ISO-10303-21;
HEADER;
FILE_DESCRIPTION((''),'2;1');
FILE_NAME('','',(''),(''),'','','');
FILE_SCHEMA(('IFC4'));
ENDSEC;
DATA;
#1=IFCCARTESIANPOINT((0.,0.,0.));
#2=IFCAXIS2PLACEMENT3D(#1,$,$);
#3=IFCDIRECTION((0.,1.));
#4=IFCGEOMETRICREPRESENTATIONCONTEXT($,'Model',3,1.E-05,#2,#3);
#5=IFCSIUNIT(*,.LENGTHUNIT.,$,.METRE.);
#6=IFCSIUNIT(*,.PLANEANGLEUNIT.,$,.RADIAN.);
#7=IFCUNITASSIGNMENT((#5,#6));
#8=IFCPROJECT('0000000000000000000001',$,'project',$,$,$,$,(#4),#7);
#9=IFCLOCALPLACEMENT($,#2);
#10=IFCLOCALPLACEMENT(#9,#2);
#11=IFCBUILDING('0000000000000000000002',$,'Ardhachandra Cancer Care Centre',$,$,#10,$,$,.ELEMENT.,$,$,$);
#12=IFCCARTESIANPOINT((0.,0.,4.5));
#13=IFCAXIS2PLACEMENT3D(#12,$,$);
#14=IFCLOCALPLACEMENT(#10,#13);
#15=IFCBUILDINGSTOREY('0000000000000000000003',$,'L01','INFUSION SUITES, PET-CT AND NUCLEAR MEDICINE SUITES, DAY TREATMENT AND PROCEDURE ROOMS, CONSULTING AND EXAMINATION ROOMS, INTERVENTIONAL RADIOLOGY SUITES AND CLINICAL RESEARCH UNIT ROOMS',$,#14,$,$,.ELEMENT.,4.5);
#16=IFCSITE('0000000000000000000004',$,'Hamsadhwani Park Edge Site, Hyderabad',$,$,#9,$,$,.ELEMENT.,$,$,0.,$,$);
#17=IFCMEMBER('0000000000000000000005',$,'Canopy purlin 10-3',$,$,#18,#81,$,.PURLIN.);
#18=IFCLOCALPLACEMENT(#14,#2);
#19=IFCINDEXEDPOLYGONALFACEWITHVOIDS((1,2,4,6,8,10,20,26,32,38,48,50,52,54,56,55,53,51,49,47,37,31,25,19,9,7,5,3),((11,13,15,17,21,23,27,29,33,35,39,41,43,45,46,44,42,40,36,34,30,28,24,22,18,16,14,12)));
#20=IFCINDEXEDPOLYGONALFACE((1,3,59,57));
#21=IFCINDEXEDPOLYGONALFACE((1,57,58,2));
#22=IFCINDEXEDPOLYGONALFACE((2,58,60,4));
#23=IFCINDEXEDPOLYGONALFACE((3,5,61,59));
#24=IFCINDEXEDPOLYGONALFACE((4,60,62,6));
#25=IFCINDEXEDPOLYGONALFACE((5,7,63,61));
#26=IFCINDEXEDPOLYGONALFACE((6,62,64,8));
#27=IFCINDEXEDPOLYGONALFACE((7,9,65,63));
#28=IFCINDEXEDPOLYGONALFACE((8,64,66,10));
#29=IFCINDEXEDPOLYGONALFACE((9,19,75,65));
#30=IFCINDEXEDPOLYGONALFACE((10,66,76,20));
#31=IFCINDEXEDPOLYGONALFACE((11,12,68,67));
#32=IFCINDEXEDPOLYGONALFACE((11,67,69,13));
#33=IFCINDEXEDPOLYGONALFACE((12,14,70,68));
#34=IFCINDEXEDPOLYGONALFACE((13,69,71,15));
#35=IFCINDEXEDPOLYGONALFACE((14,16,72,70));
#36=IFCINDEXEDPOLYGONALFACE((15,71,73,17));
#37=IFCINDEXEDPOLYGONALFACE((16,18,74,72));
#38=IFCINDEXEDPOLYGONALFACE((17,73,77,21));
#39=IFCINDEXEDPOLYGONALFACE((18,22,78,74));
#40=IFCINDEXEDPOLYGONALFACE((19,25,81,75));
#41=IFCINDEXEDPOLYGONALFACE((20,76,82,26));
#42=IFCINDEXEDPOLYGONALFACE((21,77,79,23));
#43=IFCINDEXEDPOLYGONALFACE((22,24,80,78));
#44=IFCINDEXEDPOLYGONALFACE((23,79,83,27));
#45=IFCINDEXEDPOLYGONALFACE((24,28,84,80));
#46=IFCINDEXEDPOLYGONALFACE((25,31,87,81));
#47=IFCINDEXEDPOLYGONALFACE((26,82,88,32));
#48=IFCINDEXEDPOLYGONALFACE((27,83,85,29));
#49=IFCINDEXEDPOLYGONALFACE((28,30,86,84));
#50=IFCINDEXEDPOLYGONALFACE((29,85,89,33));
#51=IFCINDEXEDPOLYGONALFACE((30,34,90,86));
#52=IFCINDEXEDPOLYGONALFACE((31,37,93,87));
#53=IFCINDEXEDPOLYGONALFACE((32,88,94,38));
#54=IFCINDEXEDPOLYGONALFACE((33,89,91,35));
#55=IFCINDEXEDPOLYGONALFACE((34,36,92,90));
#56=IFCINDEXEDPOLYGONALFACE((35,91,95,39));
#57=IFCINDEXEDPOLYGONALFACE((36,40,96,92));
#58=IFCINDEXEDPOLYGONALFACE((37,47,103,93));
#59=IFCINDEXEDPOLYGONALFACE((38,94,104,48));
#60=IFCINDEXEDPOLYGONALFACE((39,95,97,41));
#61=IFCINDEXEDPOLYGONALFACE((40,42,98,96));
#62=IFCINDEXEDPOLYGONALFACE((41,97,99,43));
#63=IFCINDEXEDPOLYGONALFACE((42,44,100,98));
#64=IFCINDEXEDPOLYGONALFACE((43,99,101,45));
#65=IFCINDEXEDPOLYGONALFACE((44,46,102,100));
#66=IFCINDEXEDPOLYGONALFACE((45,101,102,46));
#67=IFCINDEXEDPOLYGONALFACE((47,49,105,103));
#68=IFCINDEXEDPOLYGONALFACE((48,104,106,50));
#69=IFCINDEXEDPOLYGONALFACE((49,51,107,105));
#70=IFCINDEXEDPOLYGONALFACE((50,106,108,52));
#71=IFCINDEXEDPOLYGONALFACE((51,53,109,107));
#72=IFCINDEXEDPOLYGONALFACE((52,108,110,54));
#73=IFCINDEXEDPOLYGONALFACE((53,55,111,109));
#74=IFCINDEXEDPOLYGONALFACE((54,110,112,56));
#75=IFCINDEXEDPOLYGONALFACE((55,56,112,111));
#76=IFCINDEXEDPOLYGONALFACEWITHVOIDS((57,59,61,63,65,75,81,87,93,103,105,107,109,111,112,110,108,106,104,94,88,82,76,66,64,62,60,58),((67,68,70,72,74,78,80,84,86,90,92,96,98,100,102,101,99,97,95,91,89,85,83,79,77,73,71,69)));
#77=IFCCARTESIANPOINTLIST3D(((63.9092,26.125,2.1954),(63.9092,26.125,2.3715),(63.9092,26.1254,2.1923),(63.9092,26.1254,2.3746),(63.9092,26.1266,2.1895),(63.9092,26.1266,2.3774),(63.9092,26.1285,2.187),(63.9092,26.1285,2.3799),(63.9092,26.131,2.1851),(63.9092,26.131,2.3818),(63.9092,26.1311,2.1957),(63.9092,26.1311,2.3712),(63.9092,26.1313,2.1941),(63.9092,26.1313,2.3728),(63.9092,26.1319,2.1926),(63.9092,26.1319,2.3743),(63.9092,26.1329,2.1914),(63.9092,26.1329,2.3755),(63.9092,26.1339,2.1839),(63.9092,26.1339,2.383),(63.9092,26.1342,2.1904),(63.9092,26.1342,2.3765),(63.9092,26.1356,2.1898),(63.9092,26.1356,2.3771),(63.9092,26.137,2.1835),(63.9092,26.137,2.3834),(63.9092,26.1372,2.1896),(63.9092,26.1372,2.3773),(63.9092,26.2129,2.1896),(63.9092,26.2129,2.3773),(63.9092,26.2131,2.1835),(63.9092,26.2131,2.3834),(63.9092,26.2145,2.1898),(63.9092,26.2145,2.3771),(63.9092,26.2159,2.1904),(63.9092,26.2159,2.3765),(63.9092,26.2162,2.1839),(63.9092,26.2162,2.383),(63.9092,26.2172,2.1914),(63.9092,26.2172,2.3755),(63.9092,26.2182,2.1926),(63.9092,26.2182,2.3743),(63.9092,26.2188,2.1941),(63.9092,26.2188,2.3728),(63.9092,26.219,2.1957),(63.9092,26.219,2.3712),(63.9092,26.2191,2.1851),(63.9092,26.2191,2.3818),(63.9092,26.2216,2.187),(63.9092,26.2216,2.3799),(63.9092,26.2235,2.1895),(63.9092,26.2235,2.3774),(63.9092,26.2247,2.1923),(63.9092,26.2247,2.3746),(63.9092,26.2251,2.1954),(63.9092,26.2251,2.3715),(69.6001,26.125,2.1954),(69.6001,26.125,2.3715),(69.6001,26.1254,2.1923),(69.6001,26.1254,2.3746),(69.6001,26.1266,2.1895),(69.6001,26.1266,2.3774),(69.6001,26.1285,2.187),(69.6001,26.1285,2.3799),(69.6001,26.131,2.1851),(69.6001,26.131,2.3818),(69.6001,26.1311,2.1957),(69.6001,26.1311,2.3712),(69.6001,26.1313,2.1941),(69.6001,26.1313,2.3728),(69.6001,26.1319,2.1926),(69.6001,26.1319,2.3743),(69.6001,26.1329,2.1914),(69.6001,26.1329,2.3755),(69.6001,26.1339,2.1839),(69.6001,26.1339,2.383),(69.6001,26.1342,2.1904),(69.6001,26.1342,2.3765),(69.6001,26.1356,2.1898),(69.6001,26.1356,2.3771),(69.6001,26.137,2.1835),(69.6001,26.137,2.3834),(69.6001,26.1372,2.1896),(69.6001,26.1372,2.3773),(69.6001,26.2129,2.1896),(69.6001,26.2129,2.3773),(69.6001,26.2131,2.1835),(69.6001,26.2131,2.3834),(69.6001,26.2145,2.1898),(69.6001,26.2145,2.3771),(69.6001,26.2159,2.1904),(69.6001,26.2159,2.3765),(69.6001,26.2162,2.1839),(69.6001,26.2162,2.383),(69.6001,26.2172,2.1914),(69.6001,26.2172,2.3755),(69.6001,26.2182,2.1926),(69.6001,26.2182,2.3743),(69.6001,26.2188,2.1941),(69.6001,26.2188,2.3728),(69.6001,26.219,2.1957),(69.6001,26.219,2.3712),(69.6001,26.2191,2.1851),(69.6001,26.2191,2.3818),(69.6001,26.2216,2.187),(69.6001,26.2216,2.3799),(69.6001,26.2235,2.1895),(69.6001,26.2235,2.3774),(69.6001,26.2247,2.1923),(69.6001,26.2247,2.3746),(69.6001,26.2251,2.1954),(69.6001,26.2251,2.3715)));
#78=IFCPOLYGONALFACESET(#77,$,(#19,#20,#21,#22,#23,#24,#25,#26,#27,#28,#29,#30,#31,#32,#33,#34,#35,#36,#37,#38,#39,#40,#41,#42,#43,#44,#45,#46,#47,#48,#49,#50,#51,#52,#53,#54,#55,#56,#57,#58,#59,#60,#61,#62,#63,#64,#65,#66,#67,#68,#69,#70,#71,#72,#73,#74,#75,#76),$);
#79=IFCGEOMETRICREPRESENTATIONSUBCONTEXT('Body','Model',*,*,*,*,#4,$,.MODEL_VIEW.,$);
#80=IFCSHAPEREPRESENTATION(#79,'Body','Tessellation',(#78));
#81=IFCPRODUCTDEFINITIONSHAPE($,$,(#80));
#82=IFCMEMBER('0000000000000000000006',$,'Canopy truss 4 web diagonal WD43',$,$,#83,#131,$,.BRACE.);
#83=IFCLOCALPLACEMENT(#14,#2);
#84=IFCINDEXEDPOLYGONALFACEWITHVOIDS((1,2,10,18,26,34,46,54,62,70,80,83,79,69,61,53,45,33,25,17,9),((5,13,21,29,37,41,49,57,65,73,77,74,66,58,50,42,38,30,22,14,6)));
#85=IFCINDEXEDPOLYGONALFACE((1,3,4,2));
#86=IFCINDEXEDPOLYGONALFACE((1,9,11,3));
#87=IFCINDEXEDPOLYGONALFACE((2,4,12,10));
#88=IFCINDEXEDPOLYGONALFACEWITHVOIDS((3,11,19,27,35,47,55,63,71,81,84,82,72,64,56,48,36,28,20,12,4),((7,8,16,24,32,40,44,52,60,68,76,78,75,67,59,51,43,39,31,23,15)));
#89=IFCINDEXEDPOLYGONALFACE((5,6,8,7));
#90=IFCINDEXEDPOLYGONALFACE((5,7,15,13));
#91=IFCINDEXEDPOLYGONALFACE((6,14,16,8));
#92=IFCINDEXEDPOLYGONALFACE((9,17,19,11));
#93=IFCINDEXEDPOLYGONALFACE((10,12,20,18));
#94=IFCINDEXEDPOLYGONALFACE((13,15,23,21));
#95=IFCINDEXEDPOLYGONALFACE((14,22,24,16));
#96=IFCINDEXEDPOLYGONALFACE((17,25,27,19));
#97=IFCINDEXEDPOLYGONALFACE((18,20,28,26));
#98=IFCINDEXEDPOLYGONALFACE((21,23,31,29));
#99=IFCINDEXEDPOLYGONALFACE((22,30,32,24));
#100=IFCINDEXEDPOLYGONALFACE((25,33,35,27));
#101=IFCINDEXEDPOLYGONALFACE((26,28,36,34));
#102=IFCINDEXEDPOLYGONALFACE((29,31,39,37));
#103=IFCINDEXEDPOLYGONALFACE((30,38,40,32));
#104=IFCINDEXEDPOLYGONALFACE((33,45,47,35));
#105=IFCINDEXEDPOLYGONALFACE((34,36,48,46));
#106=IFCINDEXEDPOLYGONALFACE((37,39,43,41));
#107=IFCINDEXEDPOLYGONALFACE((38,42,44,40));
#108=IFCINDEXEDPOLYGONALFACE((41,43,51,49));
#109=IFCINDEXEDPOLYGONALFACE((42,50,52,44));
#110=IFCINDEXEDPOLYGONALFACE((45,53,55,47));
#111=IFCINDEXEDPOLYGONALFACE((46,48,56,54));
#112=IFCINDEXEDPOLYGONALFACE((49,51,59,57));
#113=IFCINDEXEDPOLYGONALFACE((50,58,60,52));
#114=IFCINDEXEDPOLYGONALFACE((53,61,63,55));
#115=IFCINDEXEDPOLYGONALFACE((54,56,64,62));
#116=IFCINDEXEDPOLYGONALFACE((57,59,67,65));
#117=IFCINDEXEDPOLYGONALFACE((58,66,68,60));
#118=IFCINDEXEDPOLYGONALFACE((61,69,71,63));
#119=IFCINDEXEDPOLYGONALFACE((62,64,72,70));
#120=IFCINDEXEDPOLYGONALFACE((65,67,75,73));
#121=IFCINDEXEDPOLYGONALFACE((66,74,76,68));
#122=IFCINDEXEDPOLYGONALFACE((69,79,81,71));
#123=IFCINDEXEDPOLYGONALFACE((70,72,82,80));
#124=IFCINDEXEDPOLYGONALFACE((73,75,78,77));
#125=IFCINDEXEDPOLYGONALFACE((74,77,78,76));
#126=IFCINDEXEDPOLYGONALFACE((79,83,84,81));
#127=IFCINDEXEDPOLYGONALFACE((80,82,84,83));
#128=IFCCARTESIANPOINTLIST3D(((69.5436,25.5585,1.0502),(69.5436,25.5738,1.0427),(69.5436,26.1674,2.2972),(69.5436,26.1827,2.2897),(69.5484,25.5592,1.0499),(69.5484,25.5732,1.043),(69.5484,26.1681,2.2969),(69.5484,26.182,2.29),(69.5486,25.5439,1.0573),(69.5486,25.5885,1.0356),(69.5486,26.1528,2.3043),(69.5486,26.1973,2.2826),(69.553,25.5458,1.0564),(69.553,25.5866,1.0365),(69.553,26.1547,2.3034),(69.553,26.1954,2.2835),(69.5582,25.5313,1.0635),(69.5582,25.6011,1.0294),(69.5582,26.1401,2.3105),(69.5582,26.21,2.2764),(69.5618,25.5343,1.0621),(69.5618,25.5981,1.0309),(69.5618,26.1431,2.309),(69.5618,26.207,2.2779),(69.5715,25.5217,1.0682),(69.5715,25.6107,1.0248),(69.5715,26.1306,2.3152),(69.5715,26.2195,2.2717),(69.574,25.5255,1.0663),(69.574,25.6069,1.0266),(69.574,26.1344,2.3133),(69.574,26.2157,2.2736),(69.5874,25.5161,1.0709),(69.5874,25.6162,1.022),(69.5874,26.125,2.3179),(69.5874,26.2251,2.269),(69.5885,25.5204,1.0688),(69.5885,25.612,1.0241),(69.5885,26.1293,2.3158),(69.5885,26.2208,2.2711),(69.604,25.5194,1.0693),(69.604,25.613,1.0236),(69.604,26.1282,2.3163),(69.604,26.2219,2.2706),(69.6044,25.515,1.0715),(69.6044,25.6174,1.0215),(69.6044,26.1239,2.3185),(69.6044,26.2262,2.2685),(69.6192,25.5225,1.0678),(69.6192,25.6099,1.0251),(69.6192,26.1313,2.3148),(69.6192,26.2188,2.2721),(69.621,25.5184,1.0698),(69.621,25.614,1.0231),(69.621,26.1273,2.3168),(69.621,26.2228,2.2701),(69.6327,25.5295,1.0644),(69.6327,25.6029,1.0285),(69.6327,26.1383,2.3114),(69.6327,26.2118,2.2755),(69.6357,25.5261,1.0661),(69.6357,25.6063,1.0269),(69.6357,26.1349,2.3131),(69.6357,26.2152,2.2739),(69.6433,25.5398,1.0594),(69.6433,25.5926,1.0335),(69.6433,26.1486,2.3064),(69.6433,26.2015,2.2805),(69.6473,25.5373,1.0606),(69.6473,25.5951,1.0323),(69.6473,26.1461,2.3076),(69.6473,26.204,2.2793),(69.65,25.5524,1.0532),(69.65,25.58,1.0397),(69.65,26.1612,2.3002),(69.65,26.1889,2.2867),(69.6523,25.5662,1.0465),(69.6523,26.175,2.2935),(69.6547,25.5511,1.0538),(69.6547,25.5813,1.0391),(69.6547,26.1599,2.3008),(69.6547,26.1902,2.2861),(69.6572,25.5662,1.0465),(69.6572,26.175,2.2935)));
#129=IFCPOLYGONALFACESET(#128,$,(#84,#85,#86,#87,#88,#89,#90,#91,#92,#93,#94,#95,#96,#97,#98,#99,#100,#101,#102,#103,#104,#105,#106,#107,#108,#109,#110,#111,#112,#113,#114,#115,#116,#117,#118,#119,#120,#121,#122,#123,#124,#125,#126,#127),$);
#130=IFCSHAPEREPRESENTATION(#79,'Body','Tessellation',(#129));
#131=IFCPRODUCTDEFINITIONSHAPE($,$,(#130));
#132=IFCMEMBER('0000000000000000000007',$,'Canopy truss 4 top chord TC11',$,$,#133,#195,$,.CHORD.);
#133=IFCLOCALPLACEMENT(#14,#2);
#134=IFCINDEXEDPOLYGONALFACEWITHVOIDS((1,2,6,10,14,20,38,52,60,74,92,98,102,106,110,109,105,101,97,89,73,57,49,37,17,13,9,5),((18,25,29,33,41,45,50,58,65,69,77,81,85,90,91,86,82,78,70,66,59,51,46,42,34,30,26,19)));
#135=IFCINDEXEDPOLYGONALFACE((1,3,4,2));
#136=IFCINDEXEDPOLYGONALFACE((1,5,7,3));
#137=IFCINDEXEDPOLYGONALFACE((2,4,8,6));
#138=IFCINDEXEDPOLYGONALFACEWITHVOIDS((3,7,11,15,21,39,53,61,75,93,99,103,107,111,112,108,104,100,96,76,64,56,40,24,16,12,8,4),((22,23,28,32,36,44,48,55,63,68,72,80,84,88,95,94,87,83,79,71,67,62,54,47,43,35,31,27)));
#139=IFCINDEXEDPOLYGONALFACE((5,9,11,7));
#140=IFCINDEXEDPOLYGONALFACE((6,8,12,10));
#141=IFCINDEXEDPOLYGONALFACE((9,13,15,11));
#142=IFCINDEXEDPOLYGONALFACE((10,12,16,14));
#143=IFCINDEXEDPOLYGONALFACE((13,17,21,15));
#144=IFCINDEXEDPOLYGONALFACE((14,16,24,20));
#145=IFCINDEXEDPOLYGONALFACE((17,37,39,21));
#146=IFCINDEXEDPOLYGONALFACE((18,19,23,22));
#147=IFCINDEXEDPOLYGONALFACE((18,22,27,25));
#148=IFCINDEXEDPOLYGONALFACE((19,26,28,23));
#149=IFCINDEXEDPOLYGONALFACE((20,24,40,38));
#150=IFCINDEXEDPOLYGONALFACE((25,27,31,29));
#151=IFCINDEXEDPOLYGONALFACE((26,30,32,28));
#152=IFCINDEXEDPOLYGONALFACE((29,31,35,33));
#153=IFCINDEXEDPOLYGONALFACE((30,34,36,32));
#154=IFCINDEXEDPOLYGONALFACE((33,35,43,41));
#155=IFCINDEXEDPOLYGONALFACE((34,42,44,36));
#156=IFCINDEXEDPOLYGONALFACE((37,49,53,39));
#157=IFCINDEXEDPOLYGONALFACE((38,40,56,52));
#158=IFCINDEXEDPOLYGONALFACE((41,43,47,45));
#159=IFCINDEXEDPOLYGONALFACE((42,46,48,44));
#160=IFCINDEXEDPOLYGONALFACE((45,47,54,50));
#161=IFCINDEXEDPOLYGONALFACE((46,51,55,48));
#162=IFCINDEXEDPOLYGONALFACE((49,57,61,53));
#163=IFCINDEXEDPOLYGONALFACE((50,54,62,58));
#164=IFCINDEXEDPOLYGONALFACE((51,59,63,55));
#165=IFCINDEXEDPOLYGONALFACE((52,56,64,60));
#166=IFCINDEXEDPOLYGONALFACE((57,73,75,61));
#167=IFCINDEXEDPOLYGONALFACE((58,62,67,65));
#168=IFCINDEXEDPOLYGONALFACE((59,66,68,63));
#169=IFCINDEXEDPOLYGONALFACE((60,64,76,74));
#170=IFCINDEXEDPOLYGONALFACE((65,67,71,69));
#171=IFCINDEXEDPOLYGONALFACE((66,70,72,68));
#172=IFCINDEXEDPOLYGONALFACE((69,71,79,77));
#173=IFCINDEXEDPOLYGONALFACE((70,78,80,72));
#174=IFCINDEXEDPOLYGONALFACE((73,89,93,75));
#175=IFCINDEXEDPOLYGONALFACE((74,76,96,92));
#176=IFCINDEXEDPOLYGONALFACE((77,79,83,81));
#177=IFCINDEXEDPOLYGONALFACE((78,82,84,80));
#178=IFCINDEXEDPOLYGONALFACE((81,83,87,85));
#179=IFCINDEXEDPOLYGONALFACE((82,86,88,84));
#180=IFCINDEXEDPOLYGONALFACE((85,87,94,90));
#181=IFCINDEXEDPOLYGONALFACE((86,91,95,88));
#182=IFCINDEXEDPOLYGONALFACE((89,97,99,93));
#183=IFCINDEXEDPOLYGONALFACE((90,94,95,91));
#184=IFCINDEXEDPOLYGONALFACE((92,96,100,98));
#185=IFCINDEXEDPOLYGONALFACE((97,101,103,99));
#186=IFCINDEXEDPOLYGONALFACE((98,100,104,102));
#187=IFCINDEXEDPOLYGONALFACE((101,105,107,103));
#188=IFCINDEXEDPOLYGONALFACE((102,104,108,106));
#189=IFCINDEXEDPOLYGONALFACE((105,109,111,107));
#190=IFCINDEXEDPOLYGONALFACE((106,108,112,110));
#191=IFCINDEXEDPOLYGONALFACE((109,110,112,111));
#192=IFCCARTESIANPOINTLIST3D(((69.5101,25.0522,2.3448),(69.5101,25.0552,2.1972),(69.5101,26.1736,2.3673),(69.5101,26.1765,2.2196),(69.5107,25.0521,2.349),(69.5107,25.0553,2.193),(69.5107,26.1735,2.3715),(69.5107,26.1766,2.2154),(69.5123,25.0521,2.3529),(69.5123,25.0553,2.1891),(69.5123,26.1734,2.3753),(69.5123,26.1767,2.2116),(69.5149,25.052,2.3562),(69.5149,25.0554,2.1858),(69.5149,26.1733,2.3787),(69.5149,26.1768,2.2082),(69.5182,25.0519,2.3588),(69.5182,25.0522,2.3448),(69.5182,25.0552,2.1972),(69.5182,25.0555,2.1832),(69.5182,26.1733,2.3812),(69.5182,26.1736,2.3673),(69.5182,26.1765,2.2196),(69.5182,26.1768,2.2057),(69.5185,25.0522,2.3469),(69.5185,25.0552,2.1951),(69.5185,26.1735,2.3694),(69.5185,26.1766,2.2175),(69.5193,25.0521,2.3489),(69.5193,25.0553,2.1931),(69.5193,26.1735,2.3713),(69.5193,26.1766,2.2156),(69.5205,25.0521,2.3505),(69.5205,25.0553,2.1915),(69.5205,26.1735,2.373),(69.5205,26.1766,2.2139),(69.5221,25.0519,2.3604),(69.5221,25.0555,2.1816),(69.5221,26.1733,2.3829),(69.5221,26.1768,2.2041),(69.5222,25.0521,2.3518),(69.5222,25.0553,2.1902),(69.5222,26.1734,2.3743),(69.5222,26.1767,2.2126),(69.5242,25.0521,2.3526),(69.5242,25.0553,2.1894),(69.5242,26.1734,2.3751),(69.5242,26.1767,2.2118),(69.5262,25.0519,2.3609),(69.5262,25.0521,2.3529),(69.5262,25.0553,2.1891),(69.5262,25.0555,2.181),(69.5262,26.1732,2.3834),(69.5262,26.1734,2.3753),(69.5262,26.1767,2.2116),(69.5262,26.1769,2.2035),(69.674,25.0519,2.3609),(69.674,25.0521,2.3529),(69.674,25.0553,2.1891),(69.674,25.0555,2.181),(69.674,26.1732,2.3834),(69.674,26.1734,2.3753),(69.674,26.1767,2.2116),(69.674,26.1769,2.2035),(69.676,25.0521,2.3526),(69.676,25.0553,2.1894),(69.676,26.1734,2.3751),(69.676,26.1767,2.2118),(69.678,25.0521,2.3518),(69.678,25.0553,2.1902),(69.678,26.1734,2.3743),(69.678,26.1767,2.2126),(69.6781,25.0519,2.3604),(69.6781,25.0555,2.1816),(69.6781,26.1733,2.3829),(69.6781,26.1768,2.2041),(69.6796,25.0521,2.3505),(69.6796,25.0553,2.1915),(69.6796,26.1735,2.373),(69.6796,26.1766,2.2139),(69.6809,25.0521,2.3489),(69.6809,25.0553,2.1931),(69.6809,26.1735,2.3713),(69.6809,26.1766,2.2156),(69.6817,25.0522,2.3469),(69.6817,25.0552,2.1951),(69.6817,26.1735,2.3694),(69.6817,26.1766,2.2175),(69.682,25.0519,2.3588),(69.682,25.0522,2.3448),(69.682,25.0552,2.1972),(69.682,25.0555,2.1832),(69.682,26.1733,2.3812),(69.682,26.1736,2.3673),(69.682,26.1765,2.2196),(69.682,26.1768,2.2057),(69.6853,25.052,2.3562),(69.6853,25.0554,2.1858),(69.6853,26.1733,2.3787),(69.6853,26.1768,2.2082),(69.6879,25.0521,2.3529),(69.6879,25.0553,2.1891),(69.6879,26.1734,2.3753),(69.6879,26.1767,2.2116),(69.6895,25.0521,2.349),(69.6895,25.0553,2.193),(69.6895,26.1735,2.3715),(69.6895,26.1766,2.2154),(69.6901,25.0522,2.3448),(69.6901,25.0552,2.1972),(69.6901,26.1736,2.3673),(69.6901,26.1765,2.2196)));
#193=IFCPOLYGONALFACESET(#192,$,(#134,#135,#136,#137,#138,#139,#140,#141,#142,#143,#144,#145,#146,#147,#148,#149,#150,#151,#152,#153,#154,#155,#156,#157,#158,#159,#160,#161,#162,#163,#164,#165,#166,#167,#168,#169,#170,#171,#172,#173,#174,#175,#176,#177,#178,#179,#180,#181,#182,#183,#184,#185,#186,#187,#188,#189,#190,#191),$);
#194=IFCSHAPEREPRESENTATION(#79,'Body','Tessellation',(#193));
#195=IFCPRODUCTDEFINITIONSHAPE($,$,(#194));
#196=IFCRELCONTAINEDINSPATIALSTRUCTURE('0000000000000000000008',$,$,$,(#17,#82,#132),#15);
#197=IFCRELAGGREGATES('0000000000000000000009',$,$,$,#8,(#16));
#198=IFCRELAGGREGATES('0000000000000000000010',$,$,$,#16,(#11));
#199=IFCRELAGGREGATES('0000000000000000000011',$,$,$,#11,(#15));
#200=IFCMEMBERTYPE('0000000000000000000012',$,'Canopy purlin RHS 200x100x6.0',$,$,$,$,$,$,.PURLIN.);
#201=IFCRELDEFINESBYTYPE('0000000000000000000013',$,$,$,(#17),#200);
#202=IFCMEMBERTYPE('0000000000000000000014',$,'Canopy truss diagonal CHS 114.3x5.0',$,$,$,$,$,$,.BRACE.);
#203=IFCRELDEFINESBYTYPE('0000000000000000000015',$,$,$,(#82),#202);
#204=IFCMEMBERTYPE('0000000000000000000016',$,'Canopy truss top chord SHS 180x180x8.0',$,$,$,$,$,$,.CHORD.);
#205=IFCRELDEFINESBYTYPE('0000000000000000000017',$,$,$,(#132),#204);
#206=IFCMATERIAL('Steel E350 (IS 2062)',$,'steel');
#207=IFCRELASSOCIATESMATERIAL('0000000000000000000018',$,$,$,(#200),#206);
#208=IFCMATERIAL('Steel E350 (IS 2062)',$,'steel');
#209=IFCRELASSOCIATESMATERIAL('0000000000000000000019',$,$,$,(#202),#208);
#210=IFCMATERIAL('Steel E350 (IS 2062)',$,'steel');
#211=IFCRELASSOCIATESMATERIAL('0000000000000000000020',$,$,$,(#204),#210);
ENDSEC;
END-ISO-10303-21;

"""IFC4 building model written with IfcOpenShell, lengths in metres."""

from ifc_helpers import new_model, si_unit, direction, frame, origin, origin_2d, place, context, subcontext, project, spatial, hollow_rectangle, hollow_circle, extrude, material, material_profile, profile_set, type_object, element, save


model = new_model("IFC4")

# Units and contexts
model_context = context("Model", 3, precision=1e-05, world=origin(), true_north=direction((0.0, 1.0)))
body_context = subcontext(model_context, "Body", "Model", "MODEL_VIEW")
ifc_project = project(units=[si_unit("LENGTHUNIT", "METRE"), si_unit("PLANEANGLEUNIT", "RADIAN")], contexts=[model_context])

# Site, building, storey
site_placement = place(None, origin())
site = spatial("IfcSite", under=ifc_project, at=site_placement, Name="Hamsadhwani Park Edge Site, Hyderabad", CompositionType="ELEMENT", RefElevation=0.0)
building_placement = place(site_placement, origin())
building = spatial("IfcBuilding", under=site, at=building_placement, Name="Ardhachandra Cancer Care Centre", CompositionType="ELEMENT")
storey_placement = place(building_placement, frame((0.0, 0.0, 4.5)))
storey = spatial("IfcBuildingStorey", under=building, at=storey_placement, Name="L01", Description="INFUSION SUITES, PET-CT AND NUCLEAR MEDICINE SUITES, DAY TREATMENT AND PROCEDURE ROOMS, CONSULTING AND EXAMINATION ROOMS, INTERVENTIONAL RADIOLOGY SUITES AND CLINICAL RESEARCH UNIT ROOMS", CompositionType="ELEMENT", Elevation=4.5)

# Members
ifc_material_1 = material(Name="Steel E350 (IS 2062)", Category="steel")
ifc_material_profile_1 = material_profile(ifc_material_1, hollow_rectangle(XDim=0.1001, YDim=0.2, WallThickness=0.0061, InnerFilletRadius=0.0061, OuterFilletRadius=0.012, at=origin_2d()), Name="RHS 200x100x6.0")
ifc_profile_set_1 = profile_set([ifc_material_profile_1], Name="Steel E350 (IS 2062)")
member_type_1 = type_object("IfcMemberType", Name="Canopy purlin RHS 200x100x6.0", PredefinedType="PURLIN", material=ifc_profile_set_1)
member_1_placement = place(storey_placement, frame((63.9092, 26.175, 2.2834), z_axis=(1.0, 0.0, 0.0), x_axis=(0.0, 1.0, 0.0)))
element("IfcMember", 1, at=member_1_placement, inside=storey, type_object=member_type_1, Name="Canopy purlin 10-3", PredefinedType="PURLIN", context=body_context, shape_type="SweptSolid", body=[
    extrude(hollow_rectangle(XDim=0.1001, YDim=0.2, WallThickness=0.0061, InnerFilletRadius=0.0061, OuterFilletRadius=0.012, at=origin_2d()), origin(), (0.0, 0.0, 1.0), 5.6909),
])
ifc_material_2 = material(Name="Steel E350 (IS 2062)", Category="steel")
ifc_material_profile_2 = material_profile(ifc_material_2, hollow_circle(Radius=0.0571, WallThickness=0.0049, at=origin_2d()), Name="CHS 114.3x5.0")
ifc_profile_set_2 = profile_set([ifc_material_profile_2], Name="Steel E350 (IS 2062)")
member_type_2 = type_object("IfcMemberType", Name="Canopy truss diagonal CHS 114.3x5.0", PredefinedType="BRACE", material=ifc_profile_set_2)
member_2_placement = place(storey_placement, frame((69.6001, 26.175, 2.2935), z_axis=(0.0, -0.438749, -0.898609), x_axis=(1.0, 0.0, 0.0)))
element("IfcMember", 2, at=member_2_placement, inside=storey, type_object=member_type_2, Name="Canopy truss 4 web diagonal WD43", PredefinedType="BRACE", context=body_context, shape_type="SweptSolid", body=[
    extrude(hollow_circle(Radius=0.0571, WallThickness=0.0049, at=origin_2d()), origin(), (0.0, 0.0, 1.0), 1.3877),
])
ifc_material_3 = material(Name="Steel E350 (IS 2062)", Category="steel")
ifc_material_profile_3 = material_profile(ifc_material_3, hollow_rectangle(XDim=0.1799, YDim=0.1799, WallThickness=0.0081, InnerFilletRadius=0.0081, OuterFilletRadius=0.0161, at=origin_2d()), Name="SHS 180x180x8.0")
ifc_profile_set_3 = profile_set([ifc_material_profile_3], Name="Steel E350 (IS 2062)")
member_type_3 = type_object("IfcMemberType", Name="Canopy truss top chord SHS 180x180x8.0", PredefinedType="CHORD", material=ifc_profile_set_3)
member_3_placement = place(storey_placement, frame((69.6001, 26.175, 2.2935), z_axis=(0.0, -0.999799, -0.020026), x_axis=(1.0, 0.0, 0.0)))
element("IfcMember", 3, at=member_3_placement, inside=storey, type_object=member_type_3, Name="Canopy truss 4 top chord TC11", PredefinedType="CHORD", context=body_context, shape_type="SweptSolid", body=[
    extrude(hollow_rectangle(XDim=0.1799, YDim=0.1799, WallThickness=0.0081, InnerFilletRadius=0.0081, OuterFilletRadius=0.0161, at=origin_2d()), origin(), (0.0, 0.0, 1.0), 1.1216),
])

save(model, "model.ifc")
